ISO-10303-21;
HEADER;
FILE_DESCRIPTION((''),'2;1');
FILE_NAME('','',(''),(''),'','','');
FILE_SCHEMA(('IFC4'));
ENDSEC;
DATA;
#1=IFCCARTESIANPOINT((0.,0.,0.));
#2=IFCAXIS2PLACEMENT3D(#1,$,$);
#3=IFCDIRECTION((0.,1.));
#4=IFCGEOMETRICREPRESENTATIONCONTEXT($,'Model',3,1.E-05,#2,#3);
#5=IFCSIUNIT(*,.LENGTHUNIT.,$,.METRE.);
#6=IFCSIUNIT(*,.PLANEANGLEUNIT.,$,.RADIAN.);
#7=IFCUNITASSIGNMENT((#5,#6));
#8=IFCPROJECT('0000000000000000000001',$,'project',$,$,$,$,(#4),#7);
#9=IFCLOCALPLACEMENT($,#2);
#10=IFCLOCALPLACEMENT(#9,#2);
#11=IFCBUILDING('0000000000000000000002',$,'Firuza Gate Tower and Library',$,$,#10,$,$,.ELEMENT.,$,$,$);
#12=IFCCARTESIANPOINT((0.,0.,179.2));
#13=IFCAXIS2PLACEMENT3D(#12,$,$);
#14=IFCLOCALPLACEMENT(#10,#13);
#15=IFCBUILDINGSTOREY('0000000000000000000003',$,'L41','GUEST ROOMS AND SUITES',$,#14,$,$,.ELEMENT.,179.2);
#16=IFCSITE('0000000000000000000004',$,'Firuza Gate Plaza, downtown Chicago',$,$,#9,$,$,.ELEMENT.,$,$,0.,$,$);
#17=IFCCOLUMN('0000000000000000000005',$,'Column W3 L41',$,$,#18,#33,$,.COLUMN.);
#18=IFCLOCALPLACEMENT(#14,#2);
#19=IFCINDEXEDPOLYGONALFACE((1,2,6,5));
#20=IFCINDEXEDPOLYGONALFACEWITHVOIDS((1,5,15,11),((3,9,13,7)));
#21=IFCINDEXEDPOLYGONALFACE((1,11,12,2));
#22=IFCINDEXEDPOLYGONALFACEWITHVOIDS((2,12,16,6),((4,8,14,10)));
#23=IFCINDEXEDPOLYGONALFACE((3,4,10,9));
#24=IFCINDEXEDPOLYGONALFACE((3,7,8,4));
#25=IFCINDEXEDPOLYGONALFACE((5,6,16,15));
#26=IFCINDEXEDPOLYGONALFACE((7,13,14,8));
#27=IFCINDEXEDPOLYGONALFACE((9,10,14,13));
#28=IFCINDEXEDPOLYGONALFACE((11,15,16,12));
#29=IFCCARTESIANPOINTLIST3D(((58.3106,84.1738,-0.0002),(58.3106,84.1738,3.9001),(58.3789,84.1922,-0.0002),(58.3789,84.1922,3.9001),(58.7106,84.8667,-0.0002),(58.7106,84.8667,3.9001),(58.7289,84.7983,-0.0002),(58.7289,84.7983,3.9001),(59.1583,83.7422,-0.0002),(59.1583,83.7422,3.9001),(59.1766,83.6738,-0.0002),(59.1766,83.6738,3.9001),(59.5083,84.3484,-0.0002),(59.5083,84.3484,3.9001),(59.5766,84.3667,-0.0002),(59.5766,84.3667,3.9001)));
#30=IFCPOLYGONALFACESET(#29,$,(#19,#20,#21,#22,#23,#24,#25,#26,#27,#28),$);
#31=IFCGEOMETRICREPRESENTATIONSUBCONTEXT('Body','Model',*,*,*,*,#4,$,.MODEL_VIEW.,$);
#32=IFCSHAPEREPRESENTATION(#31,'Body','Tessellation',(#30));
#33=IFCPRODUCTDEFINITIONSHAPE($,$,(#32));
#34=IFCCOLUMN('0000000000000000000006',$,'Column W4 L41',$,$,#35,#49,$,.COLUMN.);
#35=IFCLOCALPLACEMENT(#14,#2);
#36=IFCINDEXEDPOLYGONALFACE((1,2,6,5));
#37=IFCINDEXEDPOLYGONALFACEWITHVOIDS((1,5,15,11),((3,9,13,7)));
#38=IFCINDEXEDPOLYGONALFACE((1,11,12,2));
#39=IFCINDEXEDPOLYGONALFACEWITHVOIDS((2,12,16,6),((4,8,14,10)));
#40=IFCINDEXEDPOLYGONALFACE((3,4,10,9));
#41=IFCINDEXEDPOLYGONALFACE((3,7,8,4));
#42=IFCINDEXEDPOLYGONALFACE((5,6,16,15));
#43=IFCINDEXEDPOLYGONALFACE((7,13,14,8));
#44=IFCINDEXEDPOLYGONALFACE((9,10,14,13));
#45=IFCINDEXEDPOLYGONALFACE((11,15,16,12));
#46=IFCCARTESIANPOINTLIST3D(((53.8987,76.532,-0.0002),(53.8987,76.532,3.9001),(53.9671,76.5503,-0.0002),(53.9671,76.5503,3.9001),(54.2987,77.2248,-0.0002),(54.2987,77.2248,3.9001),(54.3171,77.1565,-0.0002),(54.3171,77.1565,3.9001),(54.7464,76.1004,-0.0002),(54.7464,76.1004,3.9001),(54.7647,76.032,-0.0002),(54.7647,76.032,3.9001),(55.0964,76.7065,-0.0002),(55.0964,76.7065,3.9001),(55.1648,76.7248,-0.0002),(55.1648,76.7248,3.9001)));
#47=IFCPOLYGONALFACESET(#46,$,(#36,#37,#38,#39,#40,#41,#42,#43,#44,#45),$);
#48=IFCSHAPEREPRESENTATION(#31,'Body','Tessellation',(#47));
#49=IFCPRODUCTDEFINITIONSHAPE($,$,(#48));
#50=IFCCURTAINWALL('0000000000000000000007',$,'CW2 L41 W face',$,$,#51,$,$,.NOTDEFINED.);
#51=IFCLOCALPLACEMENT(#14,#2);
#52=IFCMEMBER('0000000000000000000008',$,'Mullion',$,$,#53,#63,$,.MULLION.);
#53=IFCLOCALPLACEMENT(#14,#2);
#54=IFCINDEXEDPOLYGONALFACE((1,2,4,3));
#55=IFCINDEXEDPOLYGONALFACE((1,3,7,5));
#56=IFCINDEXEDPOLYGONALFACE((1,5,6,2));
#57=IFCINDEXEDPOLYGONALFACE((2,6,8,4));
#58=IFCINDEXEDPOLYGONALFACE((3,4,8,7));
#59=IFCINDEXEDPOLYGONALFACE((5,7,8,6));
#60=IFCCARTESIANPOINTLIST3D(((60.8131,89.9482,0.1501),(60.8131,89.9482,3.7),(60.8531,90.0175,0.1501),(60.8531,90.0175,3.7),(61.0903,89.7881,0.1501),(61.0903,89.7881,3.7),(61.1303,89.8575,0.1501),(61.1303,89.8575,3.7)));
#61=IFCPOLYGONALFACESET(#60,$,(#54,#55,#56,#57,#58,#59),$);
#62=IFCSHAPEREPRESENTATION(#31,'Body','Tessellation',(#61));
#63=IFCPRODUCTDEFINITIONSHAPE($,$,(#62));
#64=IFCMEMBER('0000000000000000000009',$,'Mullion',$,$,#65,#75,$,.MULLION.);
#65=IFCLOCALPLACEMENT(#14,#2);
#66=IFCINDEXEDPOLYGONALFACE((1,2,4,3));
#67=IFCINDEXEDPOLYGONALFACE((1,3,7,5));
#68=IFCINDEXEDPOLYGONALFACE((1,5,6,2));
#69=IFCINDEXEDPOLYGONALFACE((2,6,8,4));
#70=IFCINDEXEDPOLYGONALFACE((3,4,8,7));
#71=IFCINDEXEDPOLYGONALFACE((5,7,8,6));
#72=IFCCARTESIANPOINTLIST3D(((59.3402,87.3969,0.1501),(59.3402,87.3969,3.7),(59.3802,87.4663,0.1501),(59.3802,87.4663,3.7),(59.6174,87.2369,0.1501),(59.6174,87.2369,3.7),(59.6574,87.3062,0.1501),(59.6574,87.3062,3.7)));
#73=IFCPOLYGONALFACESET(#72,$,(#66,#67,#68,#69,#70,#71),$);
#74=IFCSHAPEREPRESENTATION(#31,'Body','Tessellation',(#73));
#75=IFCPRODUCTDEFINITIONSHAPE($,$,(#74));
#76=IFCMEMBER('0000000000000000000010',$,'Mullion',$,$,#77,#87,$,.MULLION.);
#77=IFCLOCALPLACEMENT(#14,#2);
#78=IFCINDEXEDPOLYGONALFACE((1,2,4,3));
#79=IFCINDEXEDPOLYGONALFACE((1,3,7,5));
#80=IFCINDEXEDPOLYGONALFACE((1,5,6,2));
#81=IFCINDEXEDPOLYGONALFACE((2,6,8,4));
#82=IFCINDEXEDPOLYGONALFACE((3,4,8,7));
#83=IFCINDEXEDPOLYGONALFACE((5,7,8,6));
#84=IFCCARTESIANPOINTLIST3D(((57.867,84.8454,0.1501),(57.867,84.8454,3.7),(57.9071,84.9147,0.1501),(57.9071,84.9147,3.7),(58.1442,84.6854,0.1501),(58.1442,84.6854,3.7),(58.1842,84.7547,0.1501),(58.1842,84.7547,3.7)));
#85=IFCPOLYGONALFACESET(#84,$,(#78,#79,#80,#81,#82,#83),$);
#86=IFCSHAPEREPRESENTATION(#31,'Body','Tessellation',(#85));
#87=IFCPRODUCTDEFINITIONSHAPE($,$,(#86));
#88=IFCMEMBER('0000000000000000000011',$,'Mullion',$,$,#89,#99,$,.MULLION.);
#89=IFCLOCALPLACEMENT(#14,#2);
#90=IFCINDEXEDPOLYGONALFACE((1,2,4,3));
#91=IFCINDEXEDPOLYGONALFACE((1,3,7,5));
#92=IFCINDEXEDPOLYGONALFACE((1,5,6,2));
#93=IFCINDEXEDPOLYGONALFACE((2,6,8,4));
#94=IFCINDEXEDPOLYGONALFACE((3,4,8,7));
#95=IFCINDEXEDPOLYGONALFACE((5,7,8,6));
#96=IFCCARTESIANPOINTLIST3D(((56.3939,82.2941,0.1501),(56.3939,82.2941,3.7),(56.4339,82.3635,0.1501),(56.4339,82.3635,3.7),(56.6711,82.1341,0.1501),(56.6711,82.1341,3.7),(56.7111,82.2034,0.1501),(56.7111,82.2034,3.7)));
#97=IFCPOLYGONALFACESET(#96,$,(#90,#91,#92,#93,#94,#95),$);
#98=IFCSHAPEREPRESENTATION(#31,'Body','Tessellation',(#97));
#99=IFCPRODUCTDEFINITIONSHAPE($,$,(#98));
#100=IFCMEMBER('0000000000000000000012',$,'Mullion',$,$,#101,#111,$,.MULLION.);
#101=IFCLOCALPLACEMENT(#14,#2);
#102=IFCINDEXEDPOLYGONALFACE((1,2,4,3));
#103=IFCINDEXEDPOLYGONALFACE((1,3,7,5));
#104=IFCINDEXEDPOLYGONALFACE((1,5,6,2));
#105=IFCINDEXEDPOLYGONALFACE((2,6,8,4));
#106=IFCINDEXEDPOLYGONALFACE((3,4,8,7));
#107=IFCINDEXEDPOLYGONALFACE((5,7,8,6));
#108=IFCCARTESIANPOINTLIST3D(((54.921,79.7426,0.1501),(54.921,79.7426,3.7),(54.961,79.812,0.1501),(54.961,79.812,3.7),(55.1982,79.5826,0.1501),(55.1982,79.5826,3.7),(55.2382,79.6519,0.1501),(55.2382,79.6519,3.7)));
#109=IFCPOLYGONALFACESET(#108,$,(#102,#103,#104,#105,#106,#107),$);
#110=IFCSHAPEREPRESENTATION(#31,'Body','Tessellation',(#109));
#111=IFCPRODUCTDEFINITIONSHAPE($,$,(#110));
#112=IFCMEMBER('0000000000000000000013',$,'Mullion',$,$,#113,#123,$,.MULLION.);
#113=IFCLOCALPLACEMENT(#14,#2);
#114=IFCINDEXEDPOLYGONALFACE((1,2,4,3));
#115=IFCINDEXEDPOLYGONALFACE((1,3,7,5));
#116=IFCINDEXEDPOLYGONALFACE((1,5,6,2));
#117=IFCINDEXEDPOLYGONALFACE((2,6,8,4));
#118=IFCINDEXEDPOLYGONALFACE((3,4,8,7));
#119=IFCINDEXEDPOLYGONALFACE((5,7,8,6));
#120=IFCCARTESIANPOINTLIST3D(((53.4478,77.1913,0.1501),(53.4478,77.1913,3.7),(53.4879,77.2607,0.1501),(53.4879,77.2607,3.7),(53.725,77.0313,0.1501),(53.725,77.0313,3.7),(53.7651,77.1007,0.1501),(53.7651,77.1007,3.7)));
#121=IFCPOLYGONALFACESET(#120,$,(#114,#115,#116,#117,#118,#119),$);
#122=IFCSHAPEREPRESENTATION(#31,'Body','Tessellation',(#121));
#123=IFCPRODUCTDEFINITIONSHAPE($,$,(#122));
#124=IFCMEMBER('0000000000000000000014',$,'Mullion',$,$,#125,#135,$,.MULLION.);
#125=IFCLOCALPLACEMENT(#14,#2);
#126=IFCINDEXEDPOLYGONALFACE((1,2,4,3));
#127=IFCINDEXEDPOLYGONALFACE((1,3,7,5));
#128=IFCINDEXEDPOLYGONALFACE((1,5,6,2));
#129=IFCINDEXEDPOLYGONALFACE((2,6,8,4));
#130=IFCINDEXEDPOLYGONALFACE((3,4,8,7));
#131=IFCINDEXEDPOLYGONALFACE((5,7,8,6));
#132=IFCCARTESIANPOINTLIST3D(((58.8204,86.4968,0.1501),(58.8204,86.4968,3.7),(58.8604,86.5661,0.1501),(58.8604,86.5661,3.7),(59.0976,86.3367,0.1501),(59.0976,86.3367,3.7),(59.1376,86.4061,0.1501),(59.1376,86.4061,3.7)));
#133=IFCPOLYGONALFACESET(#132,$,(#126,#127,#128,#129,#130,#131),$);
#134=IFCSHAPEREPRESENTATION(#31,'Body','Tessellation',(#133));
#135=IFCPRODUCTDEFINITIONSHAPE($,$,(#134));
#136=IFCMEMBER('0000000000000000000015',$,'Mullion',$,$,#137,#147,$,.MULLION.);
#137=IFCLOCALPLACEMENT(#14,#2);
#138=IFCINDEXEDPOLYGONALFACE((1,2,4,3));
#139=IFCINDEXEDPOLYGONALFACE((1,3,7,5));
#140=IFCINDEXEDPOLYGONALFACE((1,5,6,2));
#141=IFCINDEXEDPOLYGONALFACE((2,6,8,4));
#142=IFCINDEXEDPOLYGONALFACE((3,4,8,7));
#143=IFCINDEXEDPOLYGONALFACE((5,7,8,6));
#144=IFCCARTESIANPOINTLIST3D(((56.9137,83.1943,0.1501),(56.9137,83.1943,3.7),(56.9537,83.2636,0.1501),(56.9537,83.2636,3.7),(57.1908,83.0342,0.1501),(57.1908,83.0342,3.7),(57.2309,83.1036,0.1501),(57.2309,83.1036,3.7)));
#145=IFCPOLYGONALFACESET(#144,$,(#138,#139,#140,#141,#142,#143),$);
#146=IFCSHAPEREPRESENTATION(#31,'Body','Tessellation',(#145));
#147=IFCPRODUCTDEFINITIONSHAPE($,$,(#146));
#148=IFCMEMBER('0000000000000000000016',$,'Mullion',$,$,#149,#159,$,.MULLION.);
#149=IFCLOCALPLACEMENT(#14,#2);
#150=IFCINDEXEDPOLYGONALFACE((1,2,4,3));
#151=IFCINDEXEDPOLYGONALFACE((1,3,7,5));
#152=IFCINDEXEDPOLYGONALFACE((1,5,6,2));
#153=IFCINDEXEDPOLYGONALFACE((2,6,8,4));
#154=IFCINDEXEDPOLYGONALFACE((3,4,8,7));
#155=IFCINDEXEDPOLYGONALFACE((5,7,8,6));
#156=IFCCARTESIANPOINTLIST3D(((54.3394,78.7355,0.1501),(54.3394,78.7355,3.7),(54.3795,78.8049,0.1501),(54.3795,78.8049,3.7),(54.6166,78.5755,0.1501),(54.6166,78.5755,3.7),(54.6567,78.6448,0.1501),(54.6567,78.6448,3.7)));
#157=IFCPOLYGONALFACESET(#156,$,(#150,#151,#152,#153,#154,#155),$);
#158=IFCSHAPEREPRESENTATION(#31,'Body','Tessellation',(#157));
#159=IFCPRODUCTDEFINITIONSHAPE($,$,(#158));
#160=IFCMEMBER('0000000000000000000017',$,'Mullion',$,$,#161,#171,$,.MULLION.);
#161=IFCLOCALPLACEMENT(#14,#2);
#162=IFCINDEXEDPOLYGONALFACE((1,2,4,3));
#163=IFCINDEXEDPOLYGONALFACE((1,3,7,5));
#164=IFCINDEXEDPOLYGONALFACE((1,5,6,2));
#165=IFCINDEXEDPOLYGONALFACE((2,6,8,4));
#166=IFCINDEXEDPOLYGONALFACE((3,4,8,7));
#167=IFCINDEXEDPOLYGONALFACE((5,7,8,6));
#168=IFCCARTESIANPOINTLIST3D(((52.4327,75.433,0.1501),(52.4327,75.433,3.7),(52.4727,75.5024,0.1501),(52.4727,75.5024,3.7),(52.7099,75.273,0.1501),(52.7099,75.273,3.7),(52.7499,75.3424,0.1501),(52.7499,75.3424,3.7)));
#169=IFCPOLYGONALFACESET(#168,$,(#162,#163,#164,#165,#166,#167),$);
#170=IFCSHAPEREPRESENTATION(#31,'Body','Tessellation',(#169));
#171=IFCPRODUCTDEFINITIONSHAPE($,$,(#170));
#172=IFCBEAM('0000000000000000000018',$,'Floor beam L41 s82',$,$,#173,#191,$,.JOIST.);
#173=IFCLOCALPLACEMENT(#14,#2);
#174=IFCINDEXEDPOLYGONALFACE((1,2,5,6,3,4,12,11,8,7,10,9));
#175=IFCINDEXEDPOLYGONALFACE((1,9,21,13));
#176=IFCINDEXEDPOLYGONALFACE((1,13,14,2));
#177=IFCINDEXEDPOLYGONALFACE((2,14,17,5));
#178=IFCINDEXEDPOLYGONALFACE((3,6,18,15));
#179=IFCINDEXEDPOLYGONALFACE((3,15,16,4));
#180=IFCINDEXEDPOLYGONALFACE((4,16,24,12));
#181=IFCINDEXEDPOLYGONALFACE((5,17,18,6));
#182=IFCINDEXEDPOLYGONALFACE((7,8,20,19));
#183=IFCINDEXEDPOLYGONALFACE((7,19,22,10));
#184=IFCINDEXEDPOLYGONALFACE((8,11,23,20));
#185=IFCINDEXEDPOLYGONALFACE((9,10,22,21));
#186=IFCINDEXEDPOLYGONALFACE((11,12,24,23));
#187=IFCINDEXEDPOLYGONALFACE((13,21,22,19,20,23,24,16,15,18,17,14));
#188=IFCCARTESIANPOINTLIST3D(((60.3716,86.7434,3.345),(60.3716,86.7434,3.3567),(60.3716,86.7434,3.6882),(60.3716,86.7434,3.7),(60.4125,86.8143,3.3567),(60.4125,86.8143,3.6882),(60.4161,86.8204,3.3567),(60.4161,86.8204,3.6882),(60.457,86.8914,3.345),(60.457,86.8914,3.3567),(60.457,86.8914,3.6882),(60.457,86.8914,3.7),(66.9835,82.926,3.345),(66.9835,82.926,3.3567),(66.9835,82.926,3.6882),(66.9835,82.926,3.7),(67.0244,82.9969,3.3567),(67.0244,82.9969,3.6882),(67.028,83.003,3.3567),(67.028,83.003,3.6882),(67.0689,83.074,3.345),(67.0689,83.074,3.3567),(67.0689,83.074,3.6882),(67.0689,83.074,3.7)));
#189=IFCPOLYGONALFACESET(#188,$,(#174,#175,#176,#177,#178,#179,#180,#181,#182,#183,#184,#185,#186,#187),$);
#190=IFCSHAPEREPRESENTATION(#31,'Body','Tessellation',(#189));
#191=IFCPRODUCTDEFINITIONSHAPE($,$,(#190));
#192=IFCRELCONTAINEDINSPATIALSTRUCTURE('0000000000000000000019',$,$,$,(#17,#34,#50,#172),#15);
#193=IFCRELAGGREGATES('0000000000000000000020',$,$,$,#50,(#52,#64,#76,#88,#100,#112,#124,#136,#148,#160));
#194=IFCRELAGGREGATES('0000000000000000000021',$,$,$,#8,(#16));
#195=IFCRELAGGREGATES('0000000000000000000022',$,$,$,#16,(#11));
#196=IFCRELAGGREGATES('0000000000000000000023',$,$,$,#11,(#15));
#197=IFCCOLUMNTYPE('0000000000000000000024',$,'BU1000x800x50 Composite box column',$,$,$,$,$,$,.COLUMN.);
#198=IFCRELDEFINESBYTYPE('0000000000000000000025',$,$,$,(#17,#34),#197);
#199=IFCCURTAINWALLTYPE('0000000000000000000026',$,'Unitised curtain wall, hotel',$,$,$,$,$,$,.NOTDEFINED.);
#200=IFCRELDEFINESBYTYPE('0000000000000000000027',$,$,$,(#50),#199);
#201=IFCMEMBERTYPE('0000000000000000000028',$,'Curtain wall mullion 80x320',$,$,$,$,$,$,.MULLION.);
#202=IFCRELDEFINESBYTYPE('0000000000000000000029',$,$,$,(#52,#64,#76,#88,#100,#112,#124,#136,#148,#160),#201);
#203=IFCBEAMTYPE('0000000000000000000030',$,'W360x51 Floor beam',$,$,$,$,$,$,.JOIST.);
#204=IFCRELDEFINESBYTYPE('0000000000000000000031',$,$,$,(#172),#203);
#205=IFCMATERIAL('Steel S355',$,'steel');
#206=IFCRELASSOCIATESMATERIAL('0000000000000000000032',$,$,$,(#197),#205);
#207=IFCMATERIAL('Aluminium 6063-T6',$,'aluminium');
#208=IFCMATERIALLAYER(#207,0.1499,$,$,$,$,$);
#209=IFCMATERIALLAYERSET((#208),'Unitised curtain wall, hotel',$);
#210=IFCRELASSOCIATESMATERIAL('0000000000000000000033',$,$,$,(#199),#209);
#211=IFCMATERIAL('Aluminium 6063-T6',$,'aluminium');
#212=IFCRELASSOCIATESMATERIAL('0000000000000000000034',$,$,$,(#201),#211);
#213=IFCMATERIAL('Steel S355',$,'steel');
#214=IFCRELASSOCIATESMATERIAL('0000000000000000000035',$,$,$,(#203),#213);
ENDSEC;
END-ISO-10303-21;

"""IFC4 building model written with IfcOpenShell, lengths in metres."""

from ifc_helpers import new_model, si_unit, direction, frame, origin, origin_2d, place, context, subcontext, project, spatial, rectangle, hollow_rectangle, i_section, extrude, material, layer, layer_set, material_profile, profile_set, type_object, element, aggregate, save


model = new_model("IFC4")

# Units and contexts
model_context = context("Model", 3, precision=1e-05, world=origin(), true_north=direction((0.0, 1.0)))
body_context = subcontext(model_context, "Body", "Model", "MODEL_VIEW")
ifc_project = project(units=[si_unit("LENGTHUNIT", "METRE"), si_unit("PLANEANGLEUNIT", "RADIAN")], contexts=[model_context])

# Site, building, storey
site_placement = place(None, origin())
site = spatial("IfcSite", under=ifc_project, at=site_placement, Name="Firuza Gate Plaza, downtown Chicago", CompositionType="ELEMENT", RefElevation=0.0)
building_placement = place(site_placement, origin())
building = spatial("IfcBuilding", under=site, at=building_placement, Name="Firuza Gate Tower and Library", CompositionType="ELEMENT")
storey_placement = place(building_placement, frame((0.0, 0.0, 179.2)))
storey = spatial("IfcBuildingStorey", under=building, at=storey_placement, Name="L41", Description="GUEST ROOMS AND SUITES", CompositionType="ELEMENT", Elevation=179.2)

# Columns
ifc_material_1 = material(Name="Steel S355", Category="steel")
ifc_material_profile_1 = material_profile(ifc_material_1, hollow_rectangle(XDim=0.8, YDim=1.0, WallThickness=0.05, at=origin_2d()))
ifc_profile_set_1 = profile_set([ifc_material_profile_1], Name="Steel S355")
column_type = type_object("IfcColumnType", Name="BU1000x800x50 Composite box column", PredefinedType="COLUMN", material=ifc_profile_set_1)
for number, where, z_axis, x_axis, name in (
    (1, (58.9436, 84.2703, -0.0002), (0.0, 0.0, 1.0), (-0.5, -0.866025, 0.0), "Column W3 L41"),
    (2, (54.5317, 76.6284, -0.0002), (0.0, 0.0, 1.0), (-0.5, -0.866025, 0.0), "Column W4 L41"),
):
    element("IfcColumn", number, at=place(storey_placement, frame(where, z_axis=z_axis, x_axis=x_axis)), inside=storey, type_object=column_type, Name=name, PredefinedType="COLUMN", context=body_context, shape_type="SweptSolid", body=[
        extrude(hollow_rectangle(XDim=0.8, YDim=1.0, WallThickness=0.05, at=origin_2d()), origin(), (0.0, 0.0, 1.0), 3.9004),
    ])

# Curtain wall, members
ifc_material_2 = material(Name="Aluminium 6063-T6", Category="aluminium")
ifc_layer_1 = layer(ifc_material_2, 0.1499)
ifc_layer_set_1 = layer_set([ifc_layer_1], Name="Unitised curtain wall, hotel")
curtain_wall_type = type_object("IfcCurtainWallType", Name="Unitised curtain wall, hotel", PredefinedType="NOTDEFINED", material=ifc_layer_set_1)
curtain_wall_placement = place(storey_placement, origin())
curtain_wall = element("IfcCurtainWall", 3, at=curtain_wall_placement, inside=storey, type_object=curtain_wall_type, Name="CW2 L41 W face", PredefinedType="NOTDEFINED")
ifc_material_3 = material(Name="Aluminium 6063-T6", Category="aluminium")
ifc_material_profile_2 = material_profile(ifc_material_3, rectangle(XDim=0.3201, YDim=0.0801, at=origin_2d()))
ifc_profile_set_2 = profile_set([ifc_material_profile_2], Name="Aluminium 6063-T6")
member_type = type_object("IfcMemberType", Name="Curtain wall mullion 80x320", PredefinedType="MULLION", material=ifc_profile_set_2)
member_1_placement = place(storey_placement, frame((60.9717, 89.9028, 0.1501), z_axis=(0.0, 0.0, 1.0), x_axis=(0.866025, -0.5, 0.0)))
member_1 = element("IfcMember", 4, at=member_1_placement, type_object=member_type, Name="Mullion", PredefinedType="MULLION", context=body_context, shape_type="SweptSolid", body=[
    extrude(rectangle(XDim=0.3201, YDim=0.0801, at=origin_2d()), origin(), (0.0, 0.0, 1.0), 3.5498),
])
member_2_placement = place(storey_placement, frame((59.4988, 87.3516, 0.1501), z_axis=(0.0, 0.0, 1.0), x_axis=(0.866025, -0.5, 0.0)))
member_2 = element("IfcMember", 5, at=member_2_placement, type_object=member_type, Name="Mullion", PredefinedType="MULLION", context=body_context, shape_type="SweptSolid", body=[
    extrude(rectangle(XDim=0.3201, YDim=0.0801, at=origin_2d()), origin(), (0.0, 0.0, 1.0), 3.5498),
])
member_3_placement = place(storey_placement, frame((58.0256, 84.8, 0.1501), z_axis=(0.0, 0.0, 1.0), x_axis=(0.866025, -0.5, 0.0)))
member_3 = element("IfcMember", 6, at=member_3_placement, type_object=member_type, Name="Mullion", PredefinedType="MULLION", context=body_context, shape_type="SweptSolid", body=[
    extrude(rectangle(XDim=0.3201, YDim=0.0801, at=origin_2d()), origin(), (0.0, 0.0, 1.0), 3.5498),
])
member_4_placement = place(storey_placement, frame((56.5525, 82.2488, 0.1501), z_axis=(0.0, 0.0, 1.0), x_axis=(0.866025, -0.5, 0.0)))
member_4 = element("IfcMember", 7, at=member_4_placement, type_object=member_type, Name="Mullion", PredefinedType="MULLION", context=body_context, shape_type="SweptSolid", body=[
    extrude(rectangle(XDim=0.3201, YDim=0.0801, at=origin_2d()), origin(), (0.0, 0.0, 1.0), 3.5498),
])
member_5_placement = place(storey_placement, frame((55.0796, 79.6973, 0.1501), z_axis=(0.0, 0.0, 1.0), x_axis=(0.866025, -0.5, 0.0)))
member_5 = element("IfcMember", 8, at=member_5_placement, type_object=member_type, Name="Mullion", PredefinedType="MULLION", context=body_context, shape_type="SweptSolid", body=[
    extrude(rectangle(XDim=0.3201, YDim=0.0801, at=origin_2d()), origin(), (0.0, 0.0, 1.0), 3.5498),
])
member_6_placement = place(storey_placement, frame((53.6064, 77.146, 0.1501), z_axis=(0.0, 0.0, 1.0), x_axis=(0.866025, -0.5, 0.0)))
member_6 = element("IfcMember", 9, at=member_6_placement, type_object=member_type, Name="Mullion", PredefinedType="MULLION", context=body_context, shape_type="SweptSolid", body=[
    extrude(rectangle(XDim=0.3201, YDim=0.0801, at=origin_2d()), origin(), (0.0, 0.0, 1.0), 3.5498),
])
member_7_placement = place(storey_placement, frame((58.979, 86.4514, 0.1501), z_axis=(0.0, 0.0, 1.0), x_axis=(0.866025, -0.5, 0.0)))
member_7 = element("IfcMember", 10, at=member_7_placement, type_object=member_type, Name="Mullion", PredefinedType="MULLION", context=body_context, shape_type="SweptSolid", body=[
    extrude(rectangle(XDim=0.3201, YDim=0.0801, at=origin_2d()), origin(), (0.0, 0.0, 1.0), 3.5498),
])
member_8_placement = place(storey_placement, frame((57.0723, 83.1489, 0.1501), z_axis=(0.0, 0.0, 1.0), x_axis=(0.866025, -0.5, 0.0)))
member_8 = element("IfcMember", 11, at=member_8_placement, type_object=member_type, Name="Mullion", PredefinedType="MULLION", context=body_context, shape_type="SweptSolid", body=[
    extrude(rectangle(XDim=0.3201, YDim=0.0801, at=origin_2d()), origin(), (0.0, 0.0, 1.0), 3.5498),
])
member_9_placement = place(storey_placement, frame((54.498, 78.6902, 0.1501), z_axis=(0.0, 0.0, 1.0), x_axis=(0.866025, -0.5, 0.0)))
member_9 = element("IfcMember", 12, at=member_9_placement, type_object=member_type, Name="Mullion", PredefinedType="MULLION", context=body_context, shape_type="SweptSolid", body=[
    extrude(rectangle(XDim=0.3201, YDim=0.0801, at=origin_2d()), origin(), (0.0, 0.0, 1.0), 3.5498),
])
member_10_placement = place(storey_placement, frame((52.5913, 75.3877, 0.1501), z_axis=(0.0, 0.0, 1.0), x_axis=(0.866025, -0.5, 0.0)))
member_10 = element("IfcMember", 13, at=member_10_placement, type_object=member_type, Name="Mullion", PredefinedType="MULLION", context=body_context, shape_type="SweptSolid", body=[
    extrude(rectangle(XDim=0.3201, YDim=0.0801, at=origin_2d()), origin(), (0.0, 0.0, 1.0), 3.5498),
])

# Beam
ifc_material_4 = material(Name="Steel S355", Category="steel")
ifc_material_profile_3 = material_profile(ifc_material_4, i_section(OverallWidth=0.1709, OverallDepth=0.355, WebThickness=0.0071, FlangeThickness=0.0117, at=origin_2d()))
ifc_profile_set_3 = profile_set([ifc_material_profile_3], Name="Steel S355")
beam_type_1 = type_object("IfcBeamType", Name="W360x51 Floor beam", PredefinedType="JOIST", material=ifc_profile_set_3)
beam_1_placement = place(storey_placement, frame((60.4143, 86.8174, 3.5225), z_axis=(0.866023, -0.500005, 0.0), x_axis=(0.500005, 0.866023, 0.0)))
element("IfcBeam", 14, at=beam_1_placement, inside=storey, type_object=beam_type_1, Name="Floor beam L41 s82", PredefinedType="JOIST", context=body_context, shape_type="SweptSolid", body=[
    extrude(i_section(OverallWidth=0.1709, OverallDepth=0.355, WebThickness=0.0071, FlangeThickness=0.0117, at=origin_2d()), origin(), (0.0, 0.0, 1.0), 7.6348),
])

aggregate(curtain_wall, [member_1, member_2, member_3, member_4, member_5, member_6, member_7, member_8, member_9, member_10])

save(model, "model.ifc")
